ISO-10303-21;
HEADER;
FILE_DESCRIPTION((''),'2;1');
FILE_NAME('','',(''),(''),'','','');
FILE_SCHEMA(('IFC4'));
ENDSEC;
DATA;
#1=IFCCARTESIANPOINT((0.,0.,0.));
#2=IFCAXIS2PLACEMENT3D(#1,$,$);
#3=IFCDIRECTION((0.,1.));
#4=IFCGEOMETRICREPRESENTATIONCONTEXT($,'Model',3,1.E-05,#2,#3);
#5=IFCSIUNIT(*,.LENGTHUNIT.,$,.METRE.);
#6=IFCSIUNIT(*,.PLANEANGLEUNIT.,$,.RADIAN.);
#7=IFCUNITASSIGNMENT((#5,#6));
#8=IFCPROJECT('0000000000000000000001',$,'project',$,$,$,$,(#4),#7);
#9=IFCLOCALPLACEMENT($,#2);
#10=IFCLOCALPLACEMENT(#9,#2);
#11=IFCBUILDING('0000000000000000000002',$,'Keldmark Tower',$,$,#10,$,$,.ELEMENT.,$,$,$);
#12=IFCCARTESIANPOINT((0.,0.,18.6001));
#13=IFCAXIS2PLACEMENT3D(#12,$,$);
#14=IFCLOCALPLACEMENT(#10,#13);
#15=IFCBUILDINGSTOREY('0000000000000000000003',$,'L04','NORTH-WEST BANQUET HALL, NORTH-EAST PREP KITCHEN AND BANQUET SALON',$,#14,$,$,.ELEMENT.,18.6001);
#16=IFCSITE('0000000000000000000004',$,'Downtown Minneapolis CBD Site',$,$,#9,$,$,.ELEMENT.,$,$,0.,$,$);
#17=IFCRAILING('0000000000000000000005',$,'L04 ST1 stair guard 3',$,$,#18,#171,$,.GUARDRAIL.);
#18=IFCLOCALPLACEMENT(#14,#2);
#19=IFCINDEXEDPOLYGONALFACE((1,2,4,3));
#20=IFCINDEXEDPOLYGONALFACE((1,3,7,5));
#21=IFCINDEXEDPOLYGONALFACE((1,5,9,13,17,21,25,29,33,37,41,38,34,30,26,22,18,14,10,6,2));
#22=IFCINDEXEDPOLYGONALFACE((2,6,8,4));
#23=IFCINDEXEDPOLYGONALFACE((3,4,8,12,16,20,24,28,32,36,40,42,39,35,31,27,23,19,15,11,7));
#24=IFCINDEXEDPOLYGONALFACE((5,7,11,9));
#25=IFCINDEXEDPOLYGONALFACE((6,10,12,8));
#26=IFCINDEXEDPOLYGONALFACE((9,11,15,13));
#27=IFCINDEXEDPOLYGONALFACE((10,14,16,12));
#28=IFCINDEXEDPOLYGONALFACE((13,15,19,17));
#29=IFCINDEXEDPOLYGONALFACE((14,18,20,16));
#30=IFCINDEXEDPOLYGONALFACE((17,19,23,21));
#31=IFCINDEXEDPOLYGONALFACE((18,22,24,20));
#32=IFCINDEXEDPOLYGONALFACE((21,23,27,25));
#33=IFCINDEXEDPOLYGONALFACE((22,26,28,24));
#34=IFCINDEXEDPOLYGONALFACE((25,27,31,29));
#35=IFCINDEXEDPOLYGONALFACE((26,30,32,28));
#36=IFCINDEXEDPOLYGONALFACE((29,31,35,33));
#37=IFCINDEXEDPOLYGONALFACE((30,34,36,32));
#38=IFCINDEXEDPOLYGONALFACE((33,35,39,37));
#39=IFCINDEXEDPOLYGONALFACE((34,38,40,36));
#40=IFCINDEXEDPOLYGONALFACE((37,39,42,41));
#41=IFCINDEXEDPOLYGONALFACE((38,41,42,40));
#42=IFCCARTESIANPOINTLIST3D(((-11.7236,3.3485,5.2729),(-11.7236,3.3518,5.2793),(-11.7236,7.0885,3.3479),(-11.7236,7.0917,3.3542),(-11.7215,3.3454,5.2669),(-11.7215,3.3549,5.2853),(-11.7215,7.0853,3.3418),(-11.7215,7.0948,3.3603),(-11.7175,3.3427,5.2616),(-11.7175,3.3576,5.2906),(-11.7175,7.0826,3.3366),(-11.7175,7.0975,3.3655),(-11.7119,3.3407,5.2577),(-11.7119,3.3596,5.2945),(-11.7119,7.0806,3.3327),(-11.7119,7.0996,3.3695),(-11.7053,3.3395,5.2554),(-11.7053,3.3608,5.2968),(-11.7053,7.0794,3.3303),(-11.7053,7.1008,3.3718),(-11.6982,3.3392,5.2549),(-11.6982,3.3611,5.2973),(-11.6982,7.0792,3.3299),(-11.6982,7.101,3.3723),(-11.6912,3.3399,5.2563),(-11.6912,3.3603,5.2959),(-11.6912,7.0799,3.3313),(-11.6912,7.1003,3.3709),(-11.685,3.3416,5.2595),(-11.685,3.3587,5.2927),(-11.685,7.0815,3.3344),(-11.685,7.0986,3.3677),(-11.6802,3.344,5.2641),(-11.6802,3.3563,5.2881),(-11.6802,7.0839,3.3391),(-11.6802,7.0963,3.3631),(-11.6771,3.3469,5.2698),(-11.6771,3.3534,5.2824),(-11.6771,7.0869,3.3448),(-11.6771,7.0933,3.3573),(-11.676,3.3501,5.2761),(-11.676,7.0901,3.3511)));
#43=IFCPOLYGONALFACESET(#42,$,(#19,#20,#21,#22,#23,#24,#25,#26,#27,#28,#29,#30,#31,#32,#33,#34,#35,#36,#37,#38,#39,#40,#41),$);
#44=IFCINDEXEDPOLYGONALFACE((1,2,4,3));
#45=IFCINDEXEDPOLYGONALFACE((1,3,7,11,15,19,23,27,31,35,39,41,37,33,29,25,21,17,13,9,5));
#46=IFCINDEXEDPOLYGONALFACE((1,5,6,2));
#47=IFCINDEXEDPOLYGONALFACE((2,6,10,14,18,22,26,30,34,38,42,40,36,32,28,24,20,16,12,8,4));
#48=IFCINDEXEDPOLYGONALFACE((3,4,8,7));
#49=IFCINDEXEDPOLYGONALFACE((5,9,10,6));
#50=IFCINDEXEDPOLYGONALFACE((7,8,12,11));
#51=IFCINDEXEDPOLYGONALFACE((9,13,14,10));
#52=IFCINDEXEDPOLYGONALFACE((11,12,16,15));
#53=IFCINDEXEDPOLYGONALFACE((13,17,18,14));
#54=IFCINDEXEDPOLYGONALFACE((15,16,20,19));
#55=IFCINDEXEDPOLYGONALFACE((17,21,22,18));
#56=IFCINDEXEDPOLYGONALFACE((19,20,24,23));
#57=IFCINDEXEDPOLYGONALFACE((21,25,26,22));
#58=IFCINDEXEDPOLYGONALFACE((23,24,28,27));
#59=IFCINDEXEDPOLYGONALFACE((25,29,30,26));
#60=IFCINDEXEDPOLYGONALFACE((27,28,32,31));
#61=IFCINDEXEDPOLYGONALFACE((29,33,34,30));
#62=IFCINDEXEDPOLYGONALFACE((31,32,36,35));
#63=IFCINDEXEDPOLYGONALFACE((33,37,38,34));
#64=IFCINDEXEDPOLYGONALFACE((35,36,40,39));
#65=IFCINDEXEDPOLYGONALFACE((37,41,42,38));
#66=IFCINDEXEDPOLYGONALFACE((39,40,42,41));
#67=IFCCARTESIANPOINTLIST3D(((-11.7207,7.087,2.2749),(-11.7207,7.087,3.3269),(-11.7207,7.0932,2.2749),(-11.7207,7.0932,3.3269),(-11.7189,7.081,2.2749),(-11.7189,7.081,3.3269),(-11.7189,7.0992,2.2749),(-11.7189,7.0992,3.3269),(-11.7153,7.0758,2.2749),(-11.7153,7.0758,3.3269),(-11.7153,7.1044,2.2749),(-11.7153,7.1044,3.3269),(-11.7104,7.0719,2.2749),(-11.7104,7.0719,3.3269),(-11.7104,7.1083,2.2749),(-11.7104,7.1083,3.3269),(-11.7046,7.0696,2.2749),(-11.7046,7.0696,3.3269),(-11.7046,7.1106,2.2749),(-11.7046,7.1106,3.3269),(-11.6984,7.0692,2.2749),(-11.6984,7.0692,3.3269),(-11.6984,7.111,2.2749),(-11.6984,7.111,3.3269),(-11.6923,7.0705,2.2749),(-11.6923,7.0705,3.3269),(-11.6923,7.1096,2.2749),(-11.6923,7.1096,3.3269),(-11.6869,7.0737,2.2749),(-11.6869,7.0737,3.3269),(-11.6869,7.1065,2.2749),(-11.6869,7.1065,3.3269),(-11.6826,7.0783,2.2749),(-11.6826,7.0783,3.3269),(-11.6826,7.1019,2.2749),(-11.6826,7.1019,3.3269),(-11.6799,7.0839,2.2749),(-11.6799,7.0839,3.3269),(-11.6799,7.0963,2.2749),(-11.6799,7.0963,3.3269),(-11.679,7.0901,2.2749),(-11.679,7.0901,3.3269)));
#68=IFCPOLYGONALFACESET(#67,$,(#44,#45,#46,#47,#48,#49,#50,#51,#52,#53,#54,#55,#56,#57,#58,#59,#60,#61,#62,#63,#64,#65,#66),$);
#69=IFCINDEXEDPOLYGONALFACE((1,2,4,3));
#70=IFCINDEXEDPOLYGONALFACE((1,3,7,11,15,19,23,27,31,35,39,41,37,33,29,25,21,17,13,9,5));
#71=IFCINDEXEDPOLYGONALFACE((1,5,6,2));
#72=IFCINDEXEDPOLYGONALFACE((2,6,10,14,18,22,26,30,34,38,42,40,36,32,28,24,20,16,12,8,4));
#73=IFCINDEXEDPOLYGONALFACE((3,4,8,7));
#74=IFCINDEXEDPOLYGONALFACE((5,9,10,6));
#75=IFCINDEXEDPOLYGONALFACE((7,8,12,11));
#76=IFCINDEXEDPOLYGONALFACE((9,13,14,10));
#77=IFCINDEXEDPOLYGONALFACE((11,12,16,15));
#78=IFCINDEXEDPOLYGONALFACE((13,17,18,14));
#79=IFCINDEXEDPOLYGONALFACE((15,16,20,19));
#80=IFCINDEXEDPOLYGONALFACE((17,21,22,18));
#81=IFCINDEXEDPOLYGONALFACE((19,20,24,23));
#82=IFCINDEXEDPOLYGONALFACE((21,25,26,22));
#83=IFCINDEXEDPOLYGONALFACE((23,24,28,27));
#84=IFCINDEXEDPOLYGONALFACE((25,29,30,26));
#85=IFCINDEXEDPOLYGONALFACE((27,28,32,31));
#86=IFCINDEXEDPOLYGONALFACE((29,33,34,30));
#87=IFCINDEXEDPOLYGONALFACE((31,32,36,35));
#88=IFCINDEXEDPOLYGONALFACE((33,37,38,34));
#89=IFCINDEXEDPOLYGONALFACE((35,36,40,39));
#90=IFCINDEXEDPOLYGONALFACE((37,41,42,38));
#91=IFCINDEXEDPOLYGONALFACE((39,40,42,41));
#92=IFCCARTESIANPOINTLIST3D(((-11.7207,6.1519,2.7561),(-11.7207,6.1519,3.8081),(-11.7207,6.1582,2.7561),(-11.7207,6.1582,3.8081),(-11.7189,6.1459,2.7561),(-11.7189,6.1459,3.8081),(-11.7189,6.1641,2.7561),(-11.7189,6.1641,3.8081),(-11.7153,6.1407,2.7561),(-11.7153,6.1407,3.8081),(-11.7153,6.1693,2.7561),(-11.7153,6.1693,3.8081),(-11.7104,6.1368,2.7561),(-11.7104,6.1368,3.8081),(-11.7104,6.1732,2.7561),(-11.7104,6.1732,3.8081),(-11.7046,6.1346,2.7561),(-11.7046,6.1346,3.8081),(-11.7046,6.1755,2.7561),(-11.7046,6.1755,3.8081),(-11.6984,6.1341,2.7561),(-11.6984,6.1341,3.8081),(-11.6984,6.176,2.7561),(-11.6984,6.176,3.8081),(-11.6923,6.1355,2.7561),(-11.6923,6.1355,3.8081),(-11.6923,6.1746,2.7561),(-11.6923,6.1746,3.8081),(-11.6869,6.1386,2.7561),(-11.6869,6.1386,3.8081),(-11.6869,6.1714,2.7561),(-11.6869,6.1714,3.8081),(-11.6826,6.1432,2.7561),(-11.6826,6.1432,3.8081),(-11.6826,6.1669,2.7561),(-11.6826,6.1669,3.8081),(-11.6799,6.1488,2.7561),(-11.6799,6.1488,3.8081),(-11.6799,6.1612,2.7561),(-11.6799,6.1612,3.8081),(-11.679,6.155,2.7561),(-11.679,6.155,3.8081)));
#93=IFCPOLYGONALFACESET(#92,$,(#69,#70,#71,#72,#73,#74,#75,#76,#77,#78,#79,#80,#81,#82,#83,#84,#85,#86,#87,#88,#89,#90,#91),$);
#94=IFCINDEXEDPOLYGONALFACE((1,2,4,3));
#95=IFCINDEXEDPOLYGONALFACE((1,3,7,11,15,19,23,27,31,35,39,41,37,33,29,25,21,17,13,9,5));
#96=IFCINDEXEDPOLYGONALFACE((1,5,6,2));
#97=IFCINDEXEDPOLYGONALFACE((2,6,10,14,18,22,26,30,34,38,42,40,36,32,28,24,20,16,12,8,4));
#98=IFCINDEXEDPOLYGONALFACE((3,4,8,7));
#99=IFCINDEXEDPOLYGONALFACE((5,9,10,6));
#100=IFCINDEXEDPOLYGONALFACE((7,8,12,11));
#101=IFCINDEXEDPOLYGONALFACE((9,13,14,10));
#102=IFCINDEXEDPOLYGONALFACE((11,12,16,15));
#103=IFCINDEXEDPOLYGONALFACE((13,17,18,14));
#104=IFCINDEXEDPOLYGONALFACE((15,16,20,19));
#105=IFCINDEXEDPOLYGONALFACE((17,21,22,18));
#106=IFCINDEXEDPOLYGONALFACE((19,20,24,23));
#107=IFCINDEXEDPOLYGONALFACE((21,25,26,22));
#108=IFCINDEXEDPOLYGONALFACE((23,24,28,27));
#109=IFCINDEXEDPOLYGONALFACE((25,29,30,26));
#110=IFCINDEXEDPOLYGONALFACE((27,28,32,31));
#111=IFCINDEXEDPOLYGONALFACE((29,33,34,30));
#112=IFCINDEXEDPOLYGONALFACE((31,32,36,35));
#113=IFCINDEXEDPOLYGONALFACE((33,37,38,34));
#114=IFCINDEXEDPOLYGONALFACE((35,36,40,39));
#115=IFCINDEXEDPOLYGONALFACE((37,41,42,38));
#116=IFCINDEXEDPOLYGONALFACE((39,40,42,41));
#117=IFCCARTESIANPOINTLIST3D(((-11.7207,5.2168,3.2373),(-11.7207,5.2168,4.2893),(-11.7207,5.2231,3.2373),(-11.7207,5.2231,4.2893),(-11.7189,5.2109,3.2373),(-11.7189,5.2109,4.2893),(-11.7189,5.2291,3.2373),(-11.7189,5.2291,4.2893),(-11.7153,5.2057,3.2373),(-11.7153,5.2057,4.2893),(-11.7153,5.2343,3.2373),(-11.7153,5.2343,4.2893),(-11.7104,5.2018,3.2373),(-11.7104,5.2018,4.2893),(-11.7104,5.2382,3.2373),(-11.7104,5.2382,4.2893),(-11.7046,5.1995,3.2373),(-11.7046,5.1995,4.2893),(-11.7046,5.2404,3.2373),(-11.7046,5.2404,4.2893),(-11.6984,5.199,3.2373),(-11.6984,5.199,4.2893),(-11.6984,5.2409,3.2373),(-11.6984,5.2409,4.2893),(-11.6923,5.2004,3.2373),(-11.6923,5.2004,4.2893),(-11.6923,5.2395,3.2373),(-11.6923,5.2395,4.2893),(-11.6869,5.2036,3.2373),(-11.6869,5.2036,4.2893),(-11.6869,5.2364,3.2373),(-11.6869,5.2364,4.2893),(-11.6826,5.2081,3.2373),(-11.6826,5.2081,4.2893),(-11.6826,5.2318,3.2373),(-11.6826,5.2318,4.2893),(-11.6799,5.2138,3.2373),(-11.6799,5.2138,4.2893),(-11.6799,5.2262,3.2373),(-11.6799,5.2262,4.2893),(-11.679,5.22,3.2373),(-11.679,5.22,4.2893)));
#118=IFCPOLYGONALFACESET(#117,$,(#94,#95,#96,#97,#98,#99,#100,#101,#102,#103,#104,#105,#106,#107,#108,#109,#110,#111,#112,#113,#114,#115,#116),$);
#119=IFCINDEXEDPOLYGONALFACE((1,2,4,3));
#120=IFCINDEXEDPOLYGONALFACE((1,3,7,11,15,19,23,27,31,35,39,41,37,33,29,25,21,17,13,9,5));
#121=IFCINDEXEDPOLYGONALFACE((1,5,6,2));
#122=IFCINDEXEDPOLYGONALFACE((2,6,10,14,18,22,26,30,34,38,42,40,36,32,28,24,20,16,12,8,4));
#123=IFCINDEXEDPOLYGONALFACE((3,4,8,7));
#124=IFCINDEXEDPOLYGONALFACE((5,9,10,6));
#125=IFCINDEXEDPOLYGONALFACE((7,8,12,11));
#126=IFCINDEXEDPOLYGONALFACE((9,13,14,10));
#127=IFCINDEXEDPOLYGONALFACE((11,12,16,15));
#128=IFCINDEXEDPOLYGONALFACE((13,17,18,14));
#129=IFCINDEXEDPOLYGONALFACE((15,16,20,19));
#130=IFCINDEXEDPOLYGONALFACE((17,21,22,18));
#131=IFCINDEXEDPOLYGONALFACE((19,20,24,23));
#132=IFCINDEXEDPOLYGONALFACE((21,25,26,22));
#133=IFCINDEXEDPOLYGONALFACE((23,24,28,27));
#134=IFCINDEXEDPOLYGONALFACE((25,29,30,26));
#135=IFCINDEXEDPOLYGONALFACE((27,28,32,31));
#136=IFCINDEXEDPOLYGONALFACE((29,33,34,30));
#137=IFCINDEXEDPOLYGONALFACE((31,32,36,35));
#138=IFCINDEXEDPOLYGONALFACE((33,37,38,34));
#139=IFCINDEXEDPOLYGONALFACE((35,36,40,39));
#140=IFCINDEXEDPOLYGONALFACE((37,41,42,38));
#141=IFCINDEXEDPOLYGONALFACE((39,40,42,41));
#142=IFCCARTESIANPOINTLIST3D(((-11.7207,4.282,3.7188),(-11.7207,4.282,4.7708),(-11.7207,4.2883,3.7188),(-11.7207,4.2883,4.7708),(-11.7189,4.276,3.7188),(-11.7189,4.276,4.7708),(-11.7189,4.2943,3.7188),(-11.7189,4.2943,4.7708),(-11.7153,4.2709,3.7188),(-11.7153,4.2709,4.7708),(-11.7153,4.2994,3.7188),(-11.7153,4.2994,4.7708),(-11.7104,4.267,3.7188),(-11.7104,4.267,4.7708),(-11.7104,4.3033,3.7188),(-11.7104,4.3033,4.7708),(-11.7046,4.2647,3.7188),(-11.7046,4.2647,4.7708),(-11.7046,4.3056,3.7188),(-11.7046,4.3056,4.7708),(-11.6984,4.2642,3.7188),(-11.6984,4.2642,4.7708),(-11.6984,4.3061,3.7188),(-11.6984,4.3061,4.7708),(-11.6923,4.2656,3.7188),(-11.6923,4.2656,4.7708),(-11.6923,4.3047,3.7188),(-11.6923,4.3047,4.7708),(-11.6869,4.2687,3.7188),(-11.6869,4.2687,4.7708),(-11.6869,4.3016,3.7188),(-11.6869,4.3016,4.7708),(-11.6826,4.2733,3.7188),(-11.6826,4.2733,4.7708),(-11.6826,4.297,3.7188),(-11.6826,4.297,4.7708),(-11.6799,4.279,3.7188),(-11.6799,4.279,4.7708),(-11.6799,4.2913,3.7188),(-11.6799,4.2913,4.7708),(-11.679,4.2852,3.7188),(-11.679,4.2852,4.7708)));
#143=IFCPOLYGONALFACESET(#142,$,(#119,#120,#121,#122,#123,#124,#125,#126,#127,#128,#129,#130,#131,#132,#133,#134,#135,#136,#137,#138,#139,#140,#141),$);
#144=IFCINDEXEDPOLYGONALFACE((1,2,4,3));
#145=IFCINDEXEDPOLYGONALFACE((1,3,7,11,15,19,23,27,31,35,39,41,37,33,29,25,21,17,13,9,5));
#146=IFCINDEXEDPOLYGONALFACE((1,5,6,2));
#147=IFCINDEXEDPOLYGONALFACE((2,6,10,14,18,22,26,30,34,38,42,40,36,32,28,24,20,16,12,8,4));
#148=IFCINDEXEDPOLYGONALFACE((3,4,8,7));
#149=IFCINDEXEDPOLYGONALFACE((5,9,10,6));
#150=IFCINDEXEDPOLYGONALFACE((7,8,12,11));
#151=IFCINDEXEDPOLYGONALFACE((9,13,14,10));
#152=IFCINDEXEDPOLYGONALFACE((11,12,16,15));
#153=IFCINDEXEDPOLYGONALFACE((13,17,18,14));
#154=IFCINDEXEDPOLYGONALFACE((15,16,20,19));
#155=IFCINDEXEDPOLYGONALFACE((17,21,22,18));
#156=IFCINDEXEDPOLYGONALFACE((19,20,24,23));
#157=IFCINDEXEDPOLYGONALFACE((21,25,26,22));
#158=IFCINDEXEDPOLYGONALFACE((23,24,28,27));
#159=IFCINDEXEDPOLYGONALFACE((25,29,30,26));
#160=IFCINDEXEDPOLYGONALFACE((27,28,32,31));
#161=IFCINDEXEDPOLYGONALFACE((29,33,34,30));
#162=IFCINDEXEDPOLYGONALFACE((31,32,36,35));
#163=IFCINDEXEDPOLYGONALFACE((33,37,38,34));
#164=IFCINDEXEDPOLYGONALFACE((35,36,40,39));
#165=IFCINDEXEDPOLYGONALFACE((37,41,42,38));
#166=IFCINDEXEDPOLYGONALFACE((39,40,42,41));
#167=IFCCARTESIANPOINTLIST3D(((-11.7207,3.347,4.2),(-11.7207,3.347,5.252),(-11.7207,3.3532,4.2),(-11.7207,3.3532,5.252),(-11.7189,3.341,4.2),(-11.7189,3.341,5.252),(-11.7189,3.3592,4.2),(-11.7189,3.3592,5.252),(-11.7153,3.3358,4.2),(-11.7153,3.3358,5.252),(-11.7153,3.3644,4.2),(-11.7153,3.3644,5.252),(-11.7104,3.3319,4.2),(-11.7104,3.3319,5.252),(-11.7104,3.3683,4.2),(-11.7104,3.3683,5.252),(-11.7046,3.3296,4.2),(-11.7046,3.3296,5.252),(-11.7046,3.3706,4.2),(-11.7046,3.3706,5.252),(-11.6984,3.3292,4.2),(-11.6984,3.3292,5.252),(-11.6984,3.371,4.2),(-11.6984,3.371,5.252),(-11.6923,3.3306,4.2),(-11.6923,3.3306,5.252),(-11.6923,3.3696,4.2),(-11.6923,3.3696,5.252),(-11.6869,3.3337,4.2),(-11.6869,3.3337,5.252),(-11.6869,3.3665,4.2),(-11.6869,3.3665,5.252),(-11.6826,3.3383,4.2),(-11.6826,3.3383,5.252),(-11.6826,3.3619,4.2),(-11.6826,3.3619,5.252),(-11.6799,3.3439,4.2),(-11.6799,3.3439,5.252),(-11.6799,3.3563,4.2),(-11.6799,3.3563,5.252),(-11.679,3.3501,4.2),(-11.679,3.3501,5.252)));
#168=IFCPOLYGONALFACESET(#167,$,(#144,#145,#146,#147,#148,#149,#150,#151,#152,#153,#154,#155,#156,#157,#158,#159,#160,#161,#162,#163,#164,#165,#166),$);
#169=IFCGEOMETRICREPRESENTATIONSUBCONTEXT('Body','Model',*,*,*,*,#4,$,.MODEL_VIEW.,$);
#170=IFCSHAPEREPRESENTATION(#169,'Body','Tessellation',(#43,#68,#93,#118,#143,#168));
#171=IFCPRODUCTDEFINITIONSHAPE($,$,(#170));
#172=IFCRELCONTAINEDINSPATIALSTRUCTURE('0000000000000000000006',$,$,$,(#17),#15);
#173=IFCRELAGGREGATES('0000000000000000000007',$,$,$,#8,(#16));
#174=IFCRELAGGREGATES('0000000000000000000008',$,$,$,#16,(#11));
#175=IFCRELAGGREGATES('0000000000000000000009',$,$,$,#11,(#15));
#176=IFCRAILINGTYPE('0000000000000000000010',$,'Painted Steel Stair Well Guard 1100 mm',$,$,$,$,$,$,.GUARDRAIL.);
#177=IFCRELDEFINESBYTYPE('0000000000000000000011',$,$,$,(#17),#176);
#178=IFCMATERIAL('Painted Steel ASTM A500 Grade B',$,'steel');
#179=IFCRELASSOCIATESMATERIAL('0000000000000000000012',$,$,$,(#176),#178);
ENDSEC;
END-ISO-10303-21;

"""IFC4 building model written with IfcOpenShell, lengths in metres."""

from ifc_helpers import new_model, si_unit, direction, frame, origin, origin_2d, place, context, subcontext, project, spatial, circle, extrude, material, type_object, element, save


model = new_model("IFC4")

# Units and contexts
model_context = context("Model", 3, precision=1e-05, world=origin(), true_north=direction((0.0, 1.0)))
body_context = subcontext(model_context, "Body", "Model", "MODEL_VIEW")
ifc_project = project(units=[si_unit("LENGTHUNIT", "METRE"), si_unit("PLANEANGLEUNIT", "RADIAN")], contexts=[model_context])

# Site, building, storey
site_placement = place(None, origin())
site = spatial("IfcSite", under=ifc_project, at=site_placement, Name="Downtown Minneapolis CBD Site", CompositionType="ELEMENT", RefElevation=0.0)
building_placement = place(site_placement, origin())
building = spatial("IfcBuilding", under=site, at=building_placement, Name="Keldmark Tower", CompositionType="ELEMENT")
storey_placement = place(building_placement, frame((0.0, 0.0, 18.6001)))
storey = spatial("IfcBuildingStorey", under=building, at=storey_placement, Name="L04", Description="NORTH-WEST BANQUET HALL, NORTH-EAST PREP KITCHEN AND BANQUET SALON", CompositionType="ELEMENT", Elevation=18.6001)

# Railing
ifc_material_1 = material(Name="Painted Steel ASTM A500 Grade B", Category="steel")
railing_type_1 = type_object("IfcRailingType", Name="Painted Steel Stair Well Guard 1100 mm", PredefinedType="GUARDRAIL", material=ifc_material_1)
railing_1_placement = place(storey_placement, frame((-11.7, 7.0901, 2.2749)))
element("IfcRailing", 1, at=railing_1_placement, inside=storey, type_object=railing_type_1, Name="L04 ST1 stair guard 3", PredefinedType="GUARDRAIL", context=body_context, shape_type="SweptSolid", body=[
    extrude(circle(Radius=0.0239, at=origin_2d()), frame((0.0, 0.0, 1.0762), z_axis=(0.0, -0.889131, 0.457654), x_axis=(1.0, 0.0, 0.0)), (0.0, 0.0, 1.0), 4.2063),
    extrude(circle(Radius=0.021, at=origin_2d()), origin(), (0.0, 0.0, 1.0), 1.052),
    extrude(circle(Radius=0.021, at=origin_2d()), frame((0.0, -0.9351, 0.4812)), (0.0, 0.0, 1.0), 1.052),
    extrude(circle(Radius=0.021, at=origin_2d()), frame((0.0, -1.8701, 0.9624)), (0.0, 0.0, 1.0), 1.052),
    extrude(circle(Radius=0.021, at=origin_2d()), frame((0.0, -2.8049, 1.4438)), (0.0, 0.0, 1.0), 1.052),
    extrude(circle(Radius=0.021, at=origin_2d()), frame((0.0, -3.74, 1.925)), (0.0, 0.0, 1.0), 1.052),
])

save(model, "model.ifc")
